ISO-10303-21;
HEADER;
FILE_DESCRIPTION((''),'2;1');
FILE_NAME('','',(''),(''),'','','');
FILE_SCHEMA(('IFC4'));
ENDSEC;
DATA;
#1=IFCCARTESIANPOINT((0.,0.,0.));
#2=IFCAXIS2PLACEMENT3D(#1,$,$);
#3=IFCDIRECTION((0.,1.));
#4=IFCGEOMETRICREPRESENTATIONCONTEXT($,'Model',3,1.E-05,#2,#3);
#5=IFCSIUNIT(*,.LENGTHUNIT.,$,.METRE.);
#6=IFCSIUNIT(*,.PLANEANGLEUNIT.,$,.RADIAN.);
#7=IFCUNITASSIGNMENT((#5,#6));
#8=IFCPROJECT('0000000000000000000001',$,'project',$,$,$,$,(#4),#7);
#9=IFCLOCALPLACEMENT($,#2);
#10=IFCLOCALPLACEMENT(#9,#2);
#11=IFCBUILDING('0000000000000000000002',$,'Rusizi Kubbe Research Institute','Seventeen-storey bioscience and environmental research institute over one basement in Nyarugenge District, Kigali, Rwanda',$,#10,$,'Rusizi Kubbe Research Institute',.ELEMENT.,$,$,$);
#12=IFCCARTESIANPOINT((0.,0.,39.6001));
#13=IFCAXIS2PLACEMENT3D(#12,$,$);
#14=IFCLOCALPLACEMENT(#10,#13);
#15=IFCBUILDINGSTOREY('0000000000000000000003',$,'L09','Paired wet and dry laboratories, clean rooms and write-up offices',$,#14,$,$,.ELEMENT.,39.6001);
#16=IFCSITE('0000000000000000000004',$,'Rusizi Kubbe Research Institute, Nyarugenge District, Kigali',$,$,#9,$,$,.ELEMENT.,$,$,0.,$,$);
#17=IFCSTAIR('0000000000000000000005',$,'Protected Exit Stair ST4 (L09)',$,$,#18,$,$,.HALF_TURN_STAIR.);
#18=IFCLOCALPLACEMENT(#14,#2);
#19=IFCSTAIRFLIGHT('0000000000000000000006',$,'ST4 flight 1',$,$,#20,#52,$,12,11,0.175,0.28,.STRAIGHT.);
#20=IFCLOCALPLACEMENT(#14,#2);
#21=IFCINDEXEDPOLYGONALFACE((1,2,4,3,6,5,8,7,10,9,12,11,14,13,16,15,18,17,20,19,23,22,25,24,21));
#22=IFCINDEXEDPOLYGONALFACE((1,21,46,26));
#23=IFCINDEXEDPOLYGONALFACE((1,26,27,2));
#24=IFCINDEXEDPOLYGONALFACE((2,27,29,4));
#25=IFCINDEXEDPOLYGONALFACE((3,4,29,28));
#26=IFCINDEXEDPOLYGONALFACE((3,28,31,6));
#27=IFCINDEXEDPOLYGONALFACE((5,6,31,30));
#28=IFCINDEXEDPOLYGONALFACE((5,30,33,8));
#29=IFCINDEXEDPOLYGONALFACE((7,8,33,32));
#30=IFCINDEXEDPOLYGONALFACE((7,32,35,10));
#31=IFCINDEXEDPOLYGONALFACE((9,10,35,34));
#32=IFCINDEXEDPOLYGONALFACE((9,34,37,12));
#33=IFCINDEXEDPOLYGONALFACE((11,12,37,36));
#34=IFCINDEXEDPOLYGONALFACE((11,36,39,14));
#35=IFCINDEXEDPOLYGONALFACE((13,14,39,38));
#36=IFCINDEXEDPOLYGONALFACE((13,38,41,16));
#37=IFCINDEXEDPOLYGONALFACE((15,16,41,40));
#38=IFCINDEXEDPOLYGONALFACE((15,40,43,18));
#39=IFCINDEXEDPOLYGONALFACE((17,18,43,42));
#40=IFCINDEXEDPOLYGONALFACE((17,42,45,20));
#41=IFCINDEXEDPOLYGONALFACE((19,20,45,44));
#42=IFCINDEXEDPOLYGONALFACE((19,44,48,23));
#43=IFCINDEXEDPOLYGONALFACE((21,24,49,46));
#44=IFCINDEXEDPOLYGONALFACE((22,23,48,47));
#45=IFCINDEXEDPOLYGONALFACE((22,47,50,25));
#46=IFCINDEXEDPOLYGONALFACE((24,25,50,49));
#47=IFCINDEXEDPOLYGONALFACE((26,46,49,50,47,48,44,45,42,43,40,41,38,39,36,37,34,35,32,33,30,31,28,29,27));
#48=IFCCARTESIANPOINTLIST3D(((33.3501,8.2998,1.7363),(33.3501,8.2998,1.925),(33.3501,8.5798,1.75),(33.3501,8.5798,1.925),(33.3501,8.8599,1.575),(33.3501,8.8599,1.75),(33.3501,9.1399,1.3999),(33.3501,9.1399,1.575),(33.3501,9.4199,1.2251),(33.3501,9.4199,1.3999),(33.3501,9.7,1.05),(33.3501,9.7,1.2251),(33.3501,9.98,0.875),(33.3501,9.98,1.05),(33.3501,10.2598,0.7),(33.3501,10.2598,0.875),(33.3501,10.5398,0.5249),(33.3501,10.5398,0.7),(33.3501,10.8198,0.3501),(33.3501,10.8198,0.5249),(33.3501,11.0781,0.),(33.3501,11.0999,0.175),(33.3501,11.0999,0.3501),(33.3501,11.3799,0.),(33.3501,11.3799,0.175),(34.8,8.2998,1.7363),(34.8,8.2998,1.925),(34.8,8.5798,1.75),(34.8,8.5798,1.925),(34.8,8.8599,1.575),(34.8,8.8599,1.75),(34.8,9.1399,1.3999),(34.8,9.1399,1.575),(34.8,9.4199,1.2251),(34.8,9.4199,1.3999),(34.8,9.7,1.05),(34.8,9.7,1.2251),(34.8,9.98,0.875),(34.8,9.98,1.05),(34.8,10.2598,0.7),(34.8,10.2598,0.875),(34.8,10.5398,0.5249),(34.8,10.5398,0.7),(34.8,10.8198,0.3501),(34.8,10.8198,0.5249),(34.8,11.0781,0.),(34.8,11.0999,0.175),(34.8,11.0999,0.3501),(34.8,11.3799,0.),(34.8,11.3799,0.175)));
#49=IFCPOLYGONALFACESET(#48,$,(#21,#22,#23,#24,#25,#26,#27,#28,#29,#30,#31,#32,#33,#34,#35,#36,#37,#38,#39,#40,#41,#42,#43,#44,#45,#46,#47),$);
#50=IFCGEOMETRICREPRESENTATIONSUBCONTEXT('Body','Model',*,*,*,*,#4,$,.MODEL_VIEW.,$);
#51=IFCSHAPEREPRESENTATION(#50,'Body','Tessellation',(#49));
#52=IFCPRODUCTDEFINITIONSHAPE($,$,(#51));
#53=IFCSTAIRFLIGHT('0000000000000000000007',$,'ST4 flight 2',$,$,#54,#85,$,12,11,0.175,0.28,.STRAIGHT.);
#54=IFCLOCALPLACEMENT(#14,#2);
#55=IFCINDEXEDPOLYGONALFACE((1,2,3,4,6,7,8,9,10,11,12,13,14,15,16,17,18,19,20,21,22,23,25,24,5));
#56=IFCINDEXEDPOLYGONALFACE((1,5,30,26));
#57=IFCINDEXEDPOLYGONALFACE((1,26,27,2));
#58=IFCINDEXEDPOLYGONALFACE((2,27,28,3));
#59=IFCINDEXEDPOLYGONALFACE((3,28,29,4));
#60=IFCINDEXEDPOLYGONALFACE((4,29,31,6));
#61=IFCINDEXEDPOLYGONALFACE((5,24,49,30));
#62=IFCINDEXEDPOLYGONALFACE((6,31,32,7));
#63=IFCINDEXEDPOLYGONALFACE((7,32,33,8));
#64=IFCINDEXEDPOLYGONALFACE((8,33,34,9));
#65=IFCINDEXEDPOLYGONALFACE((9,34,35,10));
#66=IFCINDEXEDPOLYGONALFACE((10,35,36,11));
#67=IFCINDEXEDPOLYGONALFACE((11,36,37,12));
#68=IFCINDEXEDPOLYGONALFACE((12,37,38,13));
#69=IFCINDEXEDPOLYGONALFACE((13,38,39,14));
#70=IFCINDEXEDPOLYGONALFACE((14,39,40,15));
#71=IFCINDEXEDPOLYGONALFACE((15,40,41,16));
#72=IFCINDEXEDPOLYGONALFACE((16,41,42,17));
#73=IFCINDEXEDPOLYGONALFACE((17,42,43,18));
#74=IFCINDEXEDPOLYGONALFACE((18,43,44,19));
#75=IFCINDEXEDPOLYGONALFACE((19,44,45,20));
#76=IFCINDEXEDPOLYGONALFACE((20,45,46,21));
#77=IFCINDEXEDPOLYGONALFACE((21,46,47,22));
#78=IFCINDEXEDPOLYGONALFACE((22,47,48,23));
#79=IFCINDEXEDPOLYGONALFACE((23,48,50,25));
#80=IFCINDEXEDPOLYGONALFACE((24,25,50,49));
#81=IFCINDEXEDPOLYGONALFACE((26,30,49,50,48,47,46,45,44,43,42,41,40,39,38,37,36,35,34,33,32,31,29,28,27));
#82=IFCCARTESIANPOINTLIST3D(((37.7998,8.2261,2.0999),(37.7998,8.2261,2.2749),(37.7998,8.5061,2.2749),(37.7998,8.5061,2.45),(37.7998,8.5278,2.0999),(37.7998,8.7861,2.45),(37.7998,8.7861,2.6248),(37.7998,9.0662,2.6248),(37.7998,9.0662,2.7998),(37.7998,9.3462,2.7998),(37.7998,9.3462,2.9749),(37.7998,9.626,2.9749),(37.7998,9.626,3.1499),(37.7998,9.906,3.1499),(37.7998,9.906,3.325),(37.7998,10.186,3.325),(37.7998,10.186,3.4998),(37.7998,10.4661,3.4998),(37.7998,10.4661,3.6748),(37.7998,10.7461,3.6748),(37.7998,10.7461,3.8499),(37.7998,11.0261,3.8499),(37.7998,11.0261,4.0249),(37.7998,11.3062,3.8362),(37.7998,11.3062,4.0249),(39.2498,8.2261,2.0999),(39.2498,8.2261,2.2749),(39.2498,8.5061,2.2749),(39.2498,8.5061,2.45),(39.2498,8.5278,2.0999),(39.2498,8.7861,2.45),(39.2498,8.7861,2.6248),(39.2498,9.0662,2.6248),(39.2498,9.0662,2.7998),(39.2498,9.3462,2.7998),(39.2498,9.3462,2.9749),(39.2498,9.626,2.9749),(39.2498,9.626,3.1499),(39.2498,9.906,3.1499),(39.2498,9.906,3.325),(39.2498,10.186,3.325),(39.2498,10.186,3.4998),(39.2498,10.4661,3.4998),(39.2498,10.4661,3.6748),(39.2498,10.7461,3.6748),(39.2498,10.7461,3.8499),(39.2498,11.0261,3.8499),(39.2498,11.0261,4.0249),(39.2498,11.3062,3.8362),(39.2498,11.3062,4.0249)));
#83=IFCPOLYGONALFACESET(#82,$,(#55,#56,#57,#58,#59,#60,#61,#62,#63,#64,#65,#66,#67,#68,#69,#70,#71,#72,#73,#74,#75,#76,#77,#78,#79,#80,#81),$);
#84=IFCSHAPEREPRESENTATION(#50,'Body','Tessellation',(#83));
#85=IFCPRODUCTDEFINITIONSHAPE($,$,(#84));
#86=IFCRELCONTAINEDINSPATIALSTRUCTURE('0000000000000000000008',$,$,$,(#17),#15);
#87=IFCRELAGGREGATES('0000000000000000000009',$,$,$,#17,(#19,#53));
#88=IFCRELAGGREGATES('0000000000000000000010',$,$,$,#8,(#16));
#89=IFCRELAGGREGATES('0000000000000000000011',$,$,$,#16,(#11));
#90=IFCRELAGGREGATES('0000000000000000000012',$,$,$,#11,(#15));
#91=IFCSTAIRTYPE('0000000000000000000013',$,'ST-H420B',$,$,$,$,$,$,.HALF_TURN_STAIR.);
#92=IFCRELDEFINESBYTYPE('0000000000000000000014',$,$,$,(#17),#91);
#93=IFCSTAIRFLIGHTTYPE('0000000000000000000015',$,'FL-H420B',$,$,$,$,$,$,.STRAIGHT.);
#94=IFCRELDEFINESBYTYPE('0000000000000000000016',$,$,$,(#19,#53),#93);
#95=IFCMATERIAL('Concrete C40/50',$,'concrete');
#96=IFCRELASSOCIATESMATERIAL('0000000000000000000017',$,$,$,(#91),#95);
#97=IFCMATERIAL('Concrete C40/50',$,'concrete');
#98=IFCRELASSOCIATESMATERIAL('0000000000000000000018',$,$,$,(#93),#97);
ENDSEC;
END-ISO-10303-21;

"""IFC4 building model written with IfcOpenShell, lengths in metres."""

from ifc_helpers import new_model, si_unit, direction, frame, origin, place, context, subcontext, project, spatial, polyline, outline, extrude, material, type_object, element, aggregate, save


model = new_model("IFC4")

# Units and contexts
model_context = context("Model", 3, precision=1e-05, world=origin(), true_north=direction((0.0, 1.0)))
body_context = subcontext(model_context, "Body", "Model", "MODEL_VIEW")
ifc_project = project(units=[si_unit("LENGTHUNIT", "METRE"), si_unit("PLANEANGLEUNIT", "RADIAN")], contexts=[model_context])

# Site, building, storey
site_placement = place(None, origin())
site = spatial("IfcSite", under=ifc_project, at=site_placement, Name="Rusizi Kubbe Research Institute, Nyarugenge District, Kigali", CompositionType="ELEMENT", RefElevation=0.0)
building_placement = place(site_placement, origin())
building = spatial("IfcBuilding", under=site, at=building_placement, Name="Rusizi Kubbe Research Institute", Description="Seventeen-storey bioscience and environmental research institute over one basement in Nyarugenge District, Kigali, Rwanda", LongName="Rusizi Kubbe Research Institute", CompositionType="ELEMENT")
storey_placement = place(building_placement, frame((0.0, 0.0, 39.6001)))
storey = spatial("IfcBuildingStorey", under=building, at=storey_placement, Name="L09", Description="Paired wet and dry laboratories, clean rooms and write-up offices", CompositionType="ELEMENT", Elevation=39.6001)

# Stair, stair flights
ifc_material_1 = material(Name="Concrete C40/50", Category="concrete")
stair_type = type_object("IfcStairType", Name="ST-H420B", PredefinedType="HALF_TURN_STAIR", material=ifc_material_1)
stair_placement = place(storey_placement, origin())
stair = element("IfcStair", 1, at=stair_placement, inside=storey, type_object=stair_type, Name="Protected Exit Stair ST4 (L09)", PredefinedType="HALF_TURN_STAIR")
ifc_material_2 = material(Name="Concrete C40/50", Category="concrete")
stair_flight_type = type_object("IfcStairFlightType", Name="FL-H420B", PredefinedType="STRAIGHT", material=ifc_material_2)
stair_flight_1_placement = place(storey_placement, frame((34.075, 11.3799, 0.0), z_axis=(0.0, 0.0, 1.0), x_axis=(0.0, -1.0, 0.0)))
stair_flight_1 = element("IfcStairFlight", 2, at=stair_flight_1_placement, type_object=stair_flight_type, Name="ST4 flight 1", NumberOfRisers=12, NumberOfTreads=11, PredefinedType="STRAIGHT", RiserHeight=0.175, TreadLength=0.28, context=body_context, shape_type="SweptSolid", body=[
    extrude(outline(polyline([(0.0, 0.0), (0.0, 0.175), (0.28, 0.175), (0.28, 0.3501), (0.5601, 0.3501), (0.5601, 0.5249), (0.8401, 0.5249), (0.8401, 0.7), (1.1201, 0.7), (1.1201, 0.875), (1.3999, 0.875), (1.3999, 1.05), (1.6799, 1.05), (1.6799, 1.2251), (1.96, 1.2251), (1.96, 1.3999), (2.24, 1.3999), (2.24, 1.575), (2.52, 1.575), (2.52, 1.75), (2.8, 1.75), (2.8, 1.925), (3.0801, 1.925), (3.0801, 2.1001), (3.0801, 1.7363), (0.3018, 0.0), (0.0, 0.0)])), frame((0.0, 0.7251, 0.0), z_axis=(0.0, -1.0, 0.0), x_axis=(1.0, 0.0, 0.0)), (0.0, 0.0, 1.0), 1.45),
])
stair_flight_2_placement = place(storey_placement, frame((38.5249, 8.2261, 2.0999), z_axis=(0.0, 0.0, 1.0), x_axis=(0.0, 1.0, 0.0)))
stair_flight_2 = element("IfcStairFlight", 3, at=stair_flight_2_placement, type_object=stair_flight_type, Name="ST4 flight 2", NumberOfRisers=12, NumberOfTreads=11, PredefinedType="STRAIGHT", RiserHeight=0.175, TreadLength=0.28, context=body_context, shape_type="SweptSolid", body=[
    extrude(outline(polyline([(0.0, 0.0), (0.0, 0.175), (0.28, 0.175), (0.28, 0.3501), (0.5601, 0.3501), (0.5601, 0.5249), (0.8401, 0.5249), (0.8401, 0.7), (1.1201, 0.7), (1.1201, 0.875), (1.3999, 0.875), (1.3999, 1.05), (1.6799, 1.05), (1.6799, 1.2251), (1.96, 1.2251), (1.96, 1.3999), (2.24, 1.3999), (2.24, 1.575), (2.52, 1.575), (2.52, 1.75), (2.8, 1.75), (2.8, 1.925), (3.0801, 1.925), (3.0801, 2.1001), (3.0801, 1.7363), (0.3018, 0.0), (0.0, 0.0)])), frame((0.0, 0.7251, 0.0), z_axis=(0.0, -1.0, 0.0), x_axis=(1.0, 0.0, 0.0)), (0.0, 0.0, 1.0), 1.45),
])
aggregate(stair, [stair_flight_1, stair_flight_2])

save(model, "model.ifc")
